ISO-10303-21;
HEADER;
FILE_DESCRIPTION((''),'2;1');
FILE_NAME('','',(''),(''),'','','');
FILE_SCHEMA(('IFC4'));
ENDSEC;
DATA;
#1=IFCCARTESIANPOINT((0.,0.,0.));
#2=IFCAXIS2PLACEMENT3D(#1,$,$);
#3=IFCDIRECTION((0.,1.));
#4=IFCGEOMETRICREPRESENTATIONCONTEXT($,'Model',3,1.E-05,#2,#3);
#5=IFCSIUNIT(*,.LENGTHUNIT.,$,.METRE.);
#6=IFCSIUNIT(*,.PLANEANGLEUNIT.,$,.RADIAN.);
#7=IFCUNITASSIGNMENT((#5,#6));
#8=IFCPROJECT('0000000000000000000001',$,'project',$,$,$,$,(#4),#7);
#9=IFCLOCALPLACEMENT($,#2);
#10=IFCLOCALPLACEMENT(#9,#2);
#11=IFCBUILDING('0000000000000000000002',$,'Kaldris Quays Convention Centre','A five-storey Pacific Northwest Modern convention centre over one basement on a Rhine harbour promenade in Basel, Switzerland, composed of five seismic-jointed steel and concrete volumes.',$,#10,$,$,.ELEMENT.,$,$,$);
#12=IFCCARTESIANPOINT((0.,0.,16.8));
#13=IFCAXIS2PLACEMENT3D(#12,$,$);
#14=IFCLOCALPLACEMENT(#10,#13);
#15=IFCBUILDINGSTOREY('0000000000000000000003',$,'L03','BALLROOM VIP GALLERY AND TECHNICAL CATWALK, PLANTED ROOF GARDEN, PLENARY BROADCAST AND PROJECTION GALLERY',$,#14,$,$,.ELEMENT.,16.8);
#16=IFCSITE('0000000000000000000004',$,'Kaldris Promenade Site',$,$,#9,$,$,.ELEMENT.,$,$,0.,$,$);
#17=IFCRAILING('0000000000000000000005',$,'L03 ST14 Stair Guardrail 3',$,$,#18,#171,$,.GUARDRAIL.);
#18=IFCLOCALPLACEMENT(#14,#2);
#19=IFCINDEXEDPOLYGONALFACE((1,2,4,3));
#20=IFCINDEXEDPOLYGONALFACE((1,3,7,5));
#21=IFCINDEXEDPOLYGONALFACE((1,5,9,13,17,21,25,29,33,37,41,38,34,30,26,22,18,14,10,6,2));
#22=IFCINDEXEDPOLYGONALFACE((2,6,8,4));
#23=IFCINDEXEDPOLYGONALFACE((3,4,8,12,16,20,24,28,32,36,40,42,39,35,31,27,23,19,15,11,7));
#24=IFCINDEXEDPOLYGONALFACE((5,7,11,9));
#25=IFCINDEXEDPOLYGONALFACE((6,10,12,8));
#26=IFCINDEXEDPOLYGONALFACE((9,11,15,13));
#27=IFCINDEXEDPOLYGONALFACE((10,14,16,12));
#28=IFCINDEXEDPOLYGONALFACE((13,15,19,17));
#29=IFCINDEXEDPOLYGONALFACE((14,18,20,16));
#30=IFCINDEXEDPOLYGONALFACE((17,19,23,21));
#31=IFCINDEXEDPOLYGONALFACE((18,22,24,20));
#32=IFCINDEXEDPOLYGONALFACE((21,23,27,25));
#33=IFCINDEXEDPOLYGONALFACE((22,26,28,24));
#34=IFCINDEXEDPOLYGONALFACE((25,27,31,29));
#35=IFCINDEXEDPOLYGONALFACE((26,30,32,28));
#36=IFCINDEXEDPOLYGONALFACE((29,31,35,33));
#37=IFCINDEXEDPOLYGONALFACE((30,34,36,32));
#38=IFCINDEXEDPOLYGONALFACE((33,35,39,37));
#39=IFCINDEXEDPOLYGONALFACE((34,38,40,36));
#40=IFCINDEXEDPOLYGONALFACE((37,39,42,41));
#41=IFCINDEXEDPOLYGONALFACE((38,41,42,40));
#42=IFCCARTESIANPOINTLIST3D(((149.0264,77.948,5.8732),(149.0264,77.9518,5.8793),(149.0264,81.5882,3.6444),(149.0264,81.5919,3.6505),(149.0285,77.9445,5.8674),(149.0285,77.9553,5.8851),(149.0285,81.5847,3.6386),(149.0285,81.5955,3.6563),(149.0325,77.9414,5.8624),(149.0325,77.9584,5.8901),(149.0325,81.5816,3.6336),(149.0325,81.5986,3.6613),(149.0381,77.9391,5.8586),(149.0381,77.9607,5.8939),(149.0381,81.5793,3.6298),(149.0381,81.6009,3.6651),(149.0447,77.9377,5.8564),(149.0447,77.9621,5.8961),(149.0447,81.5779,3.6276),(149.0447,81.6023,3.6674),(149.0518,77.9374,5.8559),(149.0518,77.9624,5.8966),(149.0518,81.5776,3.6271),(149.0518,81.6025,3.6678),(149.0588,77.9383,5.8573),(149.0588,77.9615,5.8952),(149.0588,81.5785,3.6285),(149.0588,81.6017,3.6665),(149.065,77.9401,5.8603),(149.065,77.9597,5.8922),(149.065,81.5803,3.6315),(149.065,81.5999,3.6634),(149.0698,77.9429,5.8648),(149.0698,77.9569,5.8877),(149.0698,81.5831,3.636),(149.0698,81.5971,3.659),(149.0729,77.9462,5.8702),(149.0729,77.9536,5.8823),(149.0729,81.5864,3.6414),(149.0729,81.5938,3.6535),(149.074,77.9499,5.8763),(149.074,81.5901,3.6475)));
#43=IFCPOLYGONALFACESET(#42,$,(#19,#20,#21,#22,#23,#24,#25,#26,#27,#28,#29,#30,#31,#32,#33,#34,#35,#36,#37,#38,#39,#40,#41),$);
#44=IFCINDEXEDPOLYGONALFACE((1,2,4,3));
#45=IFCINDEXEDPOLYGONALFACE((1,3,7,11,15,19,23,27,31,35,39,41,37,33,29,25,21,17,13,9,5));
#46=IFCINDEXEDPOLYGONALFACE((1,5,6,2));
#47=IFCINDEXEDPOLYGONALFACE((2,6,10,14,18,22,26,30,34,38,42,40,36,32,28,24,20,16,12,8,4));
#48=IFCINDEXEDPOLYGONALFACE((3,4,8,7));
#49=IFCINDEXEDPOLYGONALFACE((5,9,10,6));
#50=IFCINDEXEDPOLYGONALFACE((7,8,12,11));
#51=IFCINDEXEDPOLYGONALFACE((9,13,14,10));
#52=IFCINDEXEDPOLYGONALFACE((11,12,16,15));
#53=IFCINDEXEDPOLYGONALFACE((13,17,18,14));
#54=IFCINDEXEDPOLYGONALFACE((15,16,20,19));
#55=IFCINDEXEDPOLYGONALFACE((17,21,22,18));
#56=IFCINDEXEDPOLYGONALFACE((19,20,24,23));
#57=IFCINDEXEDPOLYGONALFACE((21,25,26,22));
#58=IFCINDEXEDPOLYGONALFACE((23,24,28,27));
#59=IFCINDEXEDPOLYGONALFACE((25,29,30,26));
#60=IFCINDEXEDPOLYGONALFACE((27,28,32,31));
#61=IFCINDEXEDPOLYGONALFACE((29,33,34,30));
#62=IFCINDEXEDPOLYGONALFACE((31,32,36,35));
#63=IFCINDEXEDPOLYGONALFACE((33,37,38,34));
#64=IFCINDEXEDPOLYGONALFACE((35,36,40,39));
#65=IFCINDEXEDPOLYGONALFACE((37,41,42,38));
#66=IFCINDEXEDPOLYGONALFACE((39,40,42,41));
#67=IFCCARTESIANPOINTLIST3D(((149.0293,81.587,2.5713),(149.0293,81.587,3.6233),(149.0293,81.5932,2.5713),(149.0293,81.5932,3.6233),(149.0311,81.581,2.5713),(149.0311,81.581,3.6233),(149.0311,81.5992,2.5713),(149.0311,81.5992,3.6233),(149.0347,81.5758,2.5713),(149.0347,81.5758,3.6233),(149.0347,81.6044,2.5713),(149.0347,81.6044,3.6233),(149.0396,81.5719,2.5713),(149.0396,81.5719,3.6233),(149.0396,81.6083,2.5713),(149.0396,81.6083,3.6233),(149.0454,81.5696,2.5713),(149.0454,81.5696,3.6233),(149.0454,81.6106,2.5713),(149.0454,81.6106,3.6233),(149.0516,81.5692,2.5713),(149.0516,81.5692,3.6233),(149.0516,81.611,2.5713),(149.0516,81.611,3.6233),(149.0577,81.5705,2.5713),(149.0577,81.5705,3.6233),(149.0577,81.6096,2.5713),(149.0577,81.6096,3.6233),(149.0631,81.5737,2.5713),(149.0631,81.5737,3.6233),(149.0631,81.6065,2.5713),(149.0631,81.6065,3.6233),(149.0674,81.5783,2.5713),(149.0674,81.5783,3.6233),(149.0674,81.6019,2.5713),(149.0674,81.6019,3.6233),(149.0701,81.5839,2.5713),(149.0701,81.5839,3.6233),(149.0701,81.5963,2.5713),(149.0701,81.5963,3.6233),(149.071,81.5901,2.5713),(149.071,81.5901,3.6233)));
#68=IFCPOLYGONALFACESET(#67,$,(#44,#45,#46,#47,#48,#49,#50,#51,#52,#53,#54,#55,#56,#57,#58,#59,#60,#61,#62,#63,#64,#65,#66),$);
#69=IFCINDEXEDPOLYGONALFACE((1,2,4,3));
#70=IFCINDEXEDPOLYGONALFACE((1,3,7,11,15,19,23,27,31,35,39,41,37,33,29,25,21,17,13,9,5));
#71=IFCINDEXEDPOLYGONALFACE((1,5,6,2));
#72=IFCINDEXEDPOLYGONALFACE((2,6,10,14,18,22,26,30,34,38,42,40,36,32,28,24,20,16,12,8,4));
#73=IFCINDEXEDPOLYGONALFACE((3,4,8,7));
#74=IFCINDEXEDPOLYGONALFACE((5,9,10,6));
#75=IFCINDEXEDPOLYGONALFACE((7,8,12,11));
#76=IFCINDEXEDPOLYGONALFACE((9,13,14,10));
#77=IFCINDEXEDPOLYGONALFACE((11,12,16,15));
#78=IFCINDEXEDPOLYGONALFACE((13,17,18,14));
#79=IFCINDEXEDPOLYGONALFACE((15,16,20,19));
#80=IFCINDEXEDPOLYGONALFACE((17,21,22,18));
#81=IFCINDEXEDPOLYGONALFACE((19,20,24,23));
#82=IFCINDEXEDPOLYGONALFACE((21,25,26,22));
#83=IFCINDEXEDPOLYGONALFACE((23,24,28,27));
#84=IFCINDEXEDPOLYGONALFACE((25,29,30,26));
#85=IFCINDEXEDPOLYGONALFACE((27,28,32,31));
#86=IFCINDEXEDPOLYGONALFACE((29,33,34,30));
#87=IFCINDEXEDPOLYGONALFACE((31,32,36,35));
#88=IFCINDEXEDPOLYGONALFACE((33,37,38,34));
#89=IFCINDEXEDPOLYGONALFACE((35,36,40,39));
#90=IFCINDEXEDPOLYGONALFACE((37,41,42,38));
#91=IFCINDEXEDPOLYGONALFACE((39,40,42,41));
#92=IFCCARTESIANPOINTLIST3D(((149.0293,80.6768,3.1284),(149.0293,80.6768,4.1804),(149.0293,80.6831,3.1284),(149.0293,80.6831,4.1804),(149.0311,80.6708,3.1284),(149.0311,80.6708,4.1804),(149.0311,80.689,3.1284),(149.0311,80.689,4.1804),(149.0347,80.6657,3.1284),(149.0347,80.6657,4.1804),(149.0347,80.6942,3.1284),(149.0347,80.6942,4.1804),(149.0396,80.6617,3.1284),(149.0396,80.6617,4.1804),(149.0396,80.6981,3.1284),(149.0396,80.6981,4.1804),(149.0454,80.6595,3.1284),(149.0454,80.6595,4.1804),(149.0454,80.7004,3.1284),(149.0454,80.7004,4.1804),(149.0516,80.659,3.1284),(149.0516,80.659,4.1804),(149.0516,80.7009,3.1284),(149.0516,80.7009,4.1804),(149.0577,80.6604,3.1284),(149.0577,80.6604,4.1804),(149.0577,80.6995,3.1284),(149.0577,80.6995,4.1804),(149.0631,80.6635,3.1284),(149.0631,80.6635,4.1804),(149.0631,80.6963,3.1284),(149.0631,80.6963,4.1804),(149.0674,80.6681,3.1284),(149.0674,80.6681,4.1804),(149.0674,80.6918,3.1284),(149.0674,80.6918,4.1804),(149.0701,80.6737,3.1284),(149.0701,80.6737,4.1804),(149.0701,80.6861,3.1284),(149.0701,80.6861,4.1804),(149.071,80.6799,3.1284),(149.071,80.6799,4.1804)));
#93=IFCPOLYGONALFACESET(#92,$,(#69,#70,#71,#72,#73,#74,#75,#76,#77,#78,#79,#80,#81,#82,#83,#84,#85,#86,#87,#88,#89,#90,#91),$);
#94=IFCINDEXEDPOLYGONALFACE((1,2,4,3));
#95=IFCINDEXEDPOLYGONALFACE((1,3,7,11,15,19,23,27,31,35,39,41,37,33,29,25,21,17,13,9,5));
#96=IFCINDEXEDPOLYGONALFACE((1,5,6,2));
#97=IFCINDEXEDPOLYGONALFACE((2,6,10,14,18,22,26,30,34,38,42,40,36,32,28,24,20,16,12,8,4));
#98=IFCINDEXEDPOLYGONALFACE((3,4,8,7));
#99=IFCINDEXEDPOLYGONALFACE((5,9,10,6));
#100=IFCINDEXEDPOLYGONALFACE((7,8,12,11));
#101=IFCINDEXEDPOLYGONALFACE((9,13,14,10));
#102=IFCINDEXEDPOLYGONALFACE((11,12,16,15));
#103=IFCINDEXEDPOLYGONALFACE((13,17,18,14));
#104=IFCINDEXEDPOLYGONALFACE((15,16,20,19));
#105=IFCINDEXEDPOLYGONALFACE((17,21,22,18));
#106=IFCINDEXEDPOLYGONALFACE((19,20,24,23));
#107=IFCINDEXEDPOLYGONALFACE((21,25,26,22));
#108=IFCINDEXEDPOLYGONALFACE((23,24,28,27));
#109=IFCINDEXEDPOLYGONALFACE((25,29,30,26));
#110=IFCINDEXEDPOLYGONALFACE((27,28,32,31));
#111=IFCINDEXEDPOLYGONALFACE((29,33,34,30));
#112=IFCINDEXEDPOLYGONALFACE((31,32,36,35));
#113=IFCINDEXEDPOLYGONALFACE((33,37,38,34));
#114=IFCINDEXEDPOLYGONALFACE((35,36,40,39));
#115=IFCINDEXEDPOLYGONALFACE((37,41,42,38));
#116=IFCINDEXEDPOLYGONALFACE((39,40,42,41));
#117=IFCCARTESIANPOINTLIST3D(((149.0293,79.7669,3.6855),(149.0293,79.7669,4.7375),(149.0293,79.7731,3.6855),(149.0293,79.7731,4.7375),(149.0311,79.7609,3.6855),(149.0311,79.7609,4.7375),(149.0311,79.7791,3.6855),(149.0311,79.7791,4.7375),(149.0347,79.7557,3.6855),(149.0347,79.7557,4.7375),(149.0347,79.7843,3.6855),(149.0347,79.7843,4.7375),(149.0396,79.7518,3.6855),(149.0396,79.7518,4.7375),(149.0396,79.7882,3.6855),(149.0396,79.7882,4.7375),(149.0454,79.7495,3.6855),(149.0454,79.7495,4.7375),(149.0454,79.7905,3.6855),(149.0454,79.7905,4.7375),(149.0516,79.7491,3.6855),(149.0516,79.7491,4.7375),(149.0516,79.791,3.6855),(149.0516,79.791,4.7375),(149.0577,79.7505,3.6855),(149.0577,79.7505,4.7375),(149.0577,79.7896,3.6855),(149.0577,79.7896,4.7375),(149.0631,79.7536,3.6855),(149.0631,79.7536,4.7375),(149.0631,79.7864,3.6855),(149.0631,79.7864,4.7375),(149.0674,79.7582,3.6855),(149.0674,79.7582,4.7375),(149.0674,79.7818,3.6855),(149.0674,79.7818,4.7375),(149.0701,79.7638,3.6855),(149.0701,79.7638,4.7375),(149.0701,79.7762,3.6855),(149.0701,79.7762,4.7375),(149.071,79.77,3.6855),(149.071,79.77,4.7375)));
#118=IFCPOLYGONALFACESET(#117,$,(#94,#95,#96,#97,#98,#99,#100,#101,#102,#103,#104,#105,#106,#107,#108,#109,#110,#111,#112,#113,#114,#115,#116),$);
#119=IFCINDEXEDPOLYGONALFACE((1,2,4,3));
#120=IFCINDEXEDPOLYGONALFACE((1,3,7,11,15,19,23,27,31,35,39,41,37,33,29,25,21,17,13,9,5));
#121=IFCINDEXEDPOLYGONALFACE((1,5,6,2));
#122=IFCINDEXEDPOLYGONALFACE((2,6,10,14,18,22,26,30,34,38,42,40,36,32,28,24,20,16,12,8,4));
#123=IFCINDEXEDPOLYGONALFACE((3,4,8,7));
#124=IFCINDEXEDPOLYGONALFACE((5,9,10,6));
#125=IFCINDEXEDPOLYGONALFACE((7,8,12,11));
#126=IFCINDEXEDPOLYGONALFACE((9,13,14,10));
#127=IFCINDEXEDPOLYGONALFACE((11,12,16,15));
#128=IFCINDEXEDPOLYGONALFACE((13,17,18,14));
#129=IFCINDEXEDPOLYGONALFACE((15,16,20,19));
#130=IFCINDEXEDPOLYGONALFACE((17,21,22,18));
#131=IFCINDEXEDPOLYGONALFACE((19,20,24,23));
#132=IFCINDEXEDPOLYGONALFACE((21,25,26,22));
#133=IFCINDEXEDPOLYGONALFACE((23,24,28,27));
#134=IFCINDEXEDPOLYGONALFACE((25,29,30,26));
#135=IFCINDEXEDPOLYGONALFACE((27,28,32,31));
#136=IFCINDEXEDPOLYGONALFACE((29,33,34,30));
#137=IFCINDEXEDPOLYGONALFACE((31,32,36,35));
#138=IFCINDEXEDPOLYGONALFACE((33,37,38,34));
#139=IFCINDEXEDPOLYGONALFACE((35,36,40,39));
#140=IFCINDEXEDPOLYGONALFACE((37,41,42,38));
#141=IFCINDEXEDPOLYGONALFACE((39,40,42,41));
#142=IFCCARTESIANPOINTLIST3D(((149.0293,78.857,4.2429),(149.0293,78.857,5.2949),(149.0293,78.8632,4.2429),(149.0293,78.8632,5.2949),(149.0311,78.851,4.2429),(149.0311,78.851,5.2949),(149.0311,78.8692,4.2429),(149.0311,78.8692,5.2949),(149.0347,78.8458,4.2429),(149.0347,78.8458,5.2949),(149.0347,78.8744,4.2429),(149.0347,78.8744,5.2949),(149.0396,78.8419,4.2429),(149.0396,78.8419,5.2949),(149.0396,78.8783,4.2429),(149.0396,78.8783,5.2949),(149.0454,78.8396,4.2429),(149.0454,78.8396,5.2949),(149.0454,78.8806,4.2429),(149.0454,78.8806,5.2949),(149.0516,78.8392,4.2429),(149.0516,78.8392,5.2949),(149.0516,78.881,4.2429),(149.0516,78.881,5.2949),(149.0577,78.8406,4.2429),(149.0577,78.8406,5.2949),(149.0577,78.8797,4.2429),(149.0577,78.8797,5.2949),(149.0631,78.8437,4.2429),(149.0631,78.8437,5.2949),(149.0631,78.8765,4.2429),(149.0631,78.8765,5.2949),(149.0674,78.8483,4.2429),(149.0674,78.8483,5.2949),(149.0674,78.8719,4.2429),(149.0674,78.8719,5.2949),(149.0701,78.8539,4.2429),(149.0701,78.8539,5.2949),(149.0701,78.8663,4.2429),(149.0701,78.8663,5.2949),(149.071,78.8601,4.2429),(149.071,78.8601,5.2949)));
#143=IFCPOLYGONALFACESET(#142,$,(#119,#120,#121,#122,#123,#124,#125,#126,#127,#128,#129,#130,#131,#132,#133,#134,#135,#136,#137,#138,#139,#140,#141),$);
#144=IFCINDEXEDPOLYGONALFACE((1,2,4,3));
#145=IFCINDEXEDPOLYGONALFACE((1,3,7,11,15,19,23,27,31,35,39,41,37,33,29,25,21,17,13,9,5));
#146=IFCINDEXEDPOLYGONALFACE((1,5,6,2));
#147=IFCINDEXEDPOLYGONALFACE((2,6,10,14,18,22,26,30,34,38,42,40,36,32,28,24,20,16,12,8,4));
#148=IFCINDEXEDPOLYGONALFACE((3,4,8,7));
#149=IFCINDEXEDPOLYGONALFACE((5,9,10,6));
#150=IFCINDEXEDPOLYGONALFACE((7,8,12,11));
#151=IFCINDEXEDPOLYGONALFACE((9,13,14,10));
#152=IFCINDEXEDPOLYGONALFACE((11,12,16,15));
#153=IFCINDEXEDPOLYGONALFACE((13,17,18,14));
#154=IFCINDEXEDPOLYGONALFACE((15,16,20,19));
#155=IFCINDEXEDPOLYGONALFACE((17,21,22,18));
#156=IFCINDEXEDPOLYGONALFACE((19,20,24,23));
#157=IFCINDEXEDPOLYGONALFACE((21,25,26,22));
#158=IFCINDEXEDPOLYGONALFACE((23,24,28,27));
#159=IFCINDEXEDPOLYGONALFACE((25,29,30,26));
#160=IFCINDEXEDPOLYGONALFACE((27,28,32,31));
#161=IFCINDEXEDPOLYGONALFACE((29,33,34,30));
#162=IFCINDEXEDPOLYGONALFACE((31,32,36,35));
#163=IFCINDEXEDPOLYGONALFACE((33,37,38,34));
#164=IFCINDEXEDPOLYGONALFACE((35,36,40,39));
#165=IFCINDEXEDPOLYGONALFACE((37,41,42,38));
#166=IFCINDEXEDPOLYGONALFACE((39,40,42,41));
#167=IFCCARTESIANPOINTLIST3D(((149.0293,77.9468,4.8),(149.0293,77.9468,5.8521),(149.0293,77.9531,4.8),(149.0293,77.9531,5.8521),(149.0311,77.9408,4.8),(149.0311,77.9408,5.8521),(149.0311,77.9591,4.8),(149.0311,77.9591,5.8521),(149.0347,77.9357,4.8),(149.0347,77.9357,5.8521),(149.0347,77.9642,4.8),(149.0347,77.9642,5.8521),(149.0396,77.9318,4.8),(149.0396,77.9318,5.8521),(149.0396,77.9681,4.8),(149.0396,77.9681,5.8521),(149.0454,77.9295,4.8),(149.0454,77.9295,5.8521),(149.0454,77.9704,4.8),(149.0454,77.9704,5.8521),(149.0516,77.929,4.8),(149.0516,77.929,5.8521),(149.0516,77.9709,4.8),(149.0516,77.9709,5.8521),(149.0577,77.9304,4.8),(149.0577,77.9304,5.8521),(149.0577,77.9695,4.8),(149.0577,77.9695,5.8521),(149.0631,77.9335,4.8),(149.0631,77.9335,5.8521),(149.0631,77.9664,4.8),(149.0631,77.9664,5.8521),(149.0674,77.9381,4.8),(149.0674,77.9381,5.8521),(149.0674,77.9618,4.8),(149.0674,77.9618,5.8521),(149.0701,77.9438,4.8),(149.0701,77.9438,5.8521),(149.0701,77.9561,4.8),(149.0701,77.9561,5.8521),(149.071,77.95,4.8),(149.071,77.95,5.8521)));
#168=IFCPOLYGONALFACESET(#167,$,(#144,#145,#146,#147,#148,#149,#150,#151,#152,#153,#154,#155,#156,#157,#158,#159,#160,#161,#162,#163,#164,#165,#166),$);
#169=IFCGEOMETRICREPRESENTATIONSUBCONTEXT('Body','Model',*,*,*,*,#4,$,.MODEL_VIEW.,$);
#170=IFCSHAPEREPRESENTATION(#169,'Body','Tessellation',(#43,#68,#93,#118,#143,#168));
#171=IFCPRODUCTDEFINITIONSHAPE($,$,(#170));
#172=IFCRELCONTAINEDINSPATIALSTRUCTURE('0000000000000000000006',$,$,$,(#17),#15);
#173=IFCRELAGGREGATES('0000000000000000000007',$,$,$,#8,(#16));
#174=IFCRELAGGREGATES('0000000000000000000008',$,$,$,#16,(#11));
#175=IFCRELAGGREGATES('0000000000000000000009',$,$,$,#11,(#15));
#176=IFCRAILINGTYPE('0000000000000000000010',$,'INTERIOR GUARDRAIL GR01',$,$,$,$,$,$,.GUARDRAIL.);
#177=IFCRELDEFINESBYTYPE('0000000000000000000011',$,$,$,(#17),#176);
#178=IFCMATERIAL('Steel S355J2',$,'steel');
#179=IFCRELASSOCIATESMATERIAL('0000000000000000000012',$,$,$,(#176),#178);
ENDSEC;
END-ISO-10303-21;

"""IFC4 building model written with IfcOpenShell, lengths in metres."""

from ifc_helpers import new_model, si_unit, direction, frame, origin, origin_2d, place, context, subcontext, project, spatial, circle, extrude, material, type_object, element, save


model = new_model("IFC4")

# Units and contexts
model_context = context("Model", 3, precision=1e-05, world=origin(), true_north=direction((0.0, 1.0)))
body_context = subcontext(model_context, "Body", "Model", "MODEL_VIEW")
ifc_project = project(units=[si_unit("LENGTHUNIT", "METRE"), si_unit("PLANEANGLEUNIT", "RADIAN")], contexts=[model_context])

# Site, building, storey
site_placement = place(None, origin())
site = spatial("IfcSite", under=ifc_project, at=site_placement, Name="Kaldris Promenade Site", CompositionType="ELEMENT", RefElevation=0.0)
building_placement = place(site_placement, origin())
building = spatial("IfcBuilding", under=site, at=building_placement, Name="Kaldris Quays Convention Centre", Description="A five-storey Pacific Northwest Modern convention centre over one basement on a Rhine harbour promenade in Basel, Switzerland, composed of five seismic-jointed steel and concrete volumes.", CompositionType="ELEMENT")
storey_placement = place(building_placement, frame((0.0, 0.0, 16.8)))
storey = spatial("IfcBuildingStorey", under=building, at=storey_placement, Name="L03", Description="BALLROOM VIP GALLERY AND TECHNICAL CATWALK, PLANTED ROOF GARDEN, PLENARY BROADCAST AND PROJECTION GALLERY", CompositionType="ELEMENT", Elevation=16.8)

# Shared definitions
ifc_material_1 = material(Name="Steel S355J2", Category="steel")

# Railing
railing_type_1 = type_object("IfcRailingType", Name="INTERIOR GUARDRAIL GR01", PredefinedType="GUARDRAIL", material=ifc_material_1)
railing_1_placement = place(storey_placement, frame((149.05, 81.5901, 2.5713)))
element("IfcRailing", 1, at=railing_1_placement, inside=storey, type_object=railing_type_1, Name="L03 ST14 Stair Guardrail 3", PredefinedType="GUARDRAIL", context=body_context, shape_type="SweptSolid", body=[
    extrude(circle(Radius=0.0239, at=origin_2d()), frame((0.0, 0.0, 1.0762), z_axis=(0.0, -0.85284, 0.522172), x_axis=(1.0, 0.0, 0.0)), (0.0, 0.0, 1.0), 4.2683),
    extrude(circle(Radius=0.021, at=origin_2d()), origin(), (0.0, 0.0, 1.0), 1.052),
    extrude(circle(Radius=0.021, at=origin_2d()), frame((0.0, -0.9102, 0.5571)), (0.0, 0.0, 1.0), 1.052),
    extrude(circle(Radius=0.021, at=origin_2d()), frame((0.0, -1.8201, 1.1143)), (0.0, 0.0, 1.0), 1.052),
    extrude(circle(Radius=0.021, at=origin_2d()), frame((0.0, -2.73, 1.6716)), (0.0, 0.0, 1.0), 1.052),
    extrude(circle(Radius=0.021, at=origin_2d()), frame((0.0, -3.6401, 2.2288)), (0.0, 0.0, 1.0), 1.052),
])

save(model, "model.ifc")
